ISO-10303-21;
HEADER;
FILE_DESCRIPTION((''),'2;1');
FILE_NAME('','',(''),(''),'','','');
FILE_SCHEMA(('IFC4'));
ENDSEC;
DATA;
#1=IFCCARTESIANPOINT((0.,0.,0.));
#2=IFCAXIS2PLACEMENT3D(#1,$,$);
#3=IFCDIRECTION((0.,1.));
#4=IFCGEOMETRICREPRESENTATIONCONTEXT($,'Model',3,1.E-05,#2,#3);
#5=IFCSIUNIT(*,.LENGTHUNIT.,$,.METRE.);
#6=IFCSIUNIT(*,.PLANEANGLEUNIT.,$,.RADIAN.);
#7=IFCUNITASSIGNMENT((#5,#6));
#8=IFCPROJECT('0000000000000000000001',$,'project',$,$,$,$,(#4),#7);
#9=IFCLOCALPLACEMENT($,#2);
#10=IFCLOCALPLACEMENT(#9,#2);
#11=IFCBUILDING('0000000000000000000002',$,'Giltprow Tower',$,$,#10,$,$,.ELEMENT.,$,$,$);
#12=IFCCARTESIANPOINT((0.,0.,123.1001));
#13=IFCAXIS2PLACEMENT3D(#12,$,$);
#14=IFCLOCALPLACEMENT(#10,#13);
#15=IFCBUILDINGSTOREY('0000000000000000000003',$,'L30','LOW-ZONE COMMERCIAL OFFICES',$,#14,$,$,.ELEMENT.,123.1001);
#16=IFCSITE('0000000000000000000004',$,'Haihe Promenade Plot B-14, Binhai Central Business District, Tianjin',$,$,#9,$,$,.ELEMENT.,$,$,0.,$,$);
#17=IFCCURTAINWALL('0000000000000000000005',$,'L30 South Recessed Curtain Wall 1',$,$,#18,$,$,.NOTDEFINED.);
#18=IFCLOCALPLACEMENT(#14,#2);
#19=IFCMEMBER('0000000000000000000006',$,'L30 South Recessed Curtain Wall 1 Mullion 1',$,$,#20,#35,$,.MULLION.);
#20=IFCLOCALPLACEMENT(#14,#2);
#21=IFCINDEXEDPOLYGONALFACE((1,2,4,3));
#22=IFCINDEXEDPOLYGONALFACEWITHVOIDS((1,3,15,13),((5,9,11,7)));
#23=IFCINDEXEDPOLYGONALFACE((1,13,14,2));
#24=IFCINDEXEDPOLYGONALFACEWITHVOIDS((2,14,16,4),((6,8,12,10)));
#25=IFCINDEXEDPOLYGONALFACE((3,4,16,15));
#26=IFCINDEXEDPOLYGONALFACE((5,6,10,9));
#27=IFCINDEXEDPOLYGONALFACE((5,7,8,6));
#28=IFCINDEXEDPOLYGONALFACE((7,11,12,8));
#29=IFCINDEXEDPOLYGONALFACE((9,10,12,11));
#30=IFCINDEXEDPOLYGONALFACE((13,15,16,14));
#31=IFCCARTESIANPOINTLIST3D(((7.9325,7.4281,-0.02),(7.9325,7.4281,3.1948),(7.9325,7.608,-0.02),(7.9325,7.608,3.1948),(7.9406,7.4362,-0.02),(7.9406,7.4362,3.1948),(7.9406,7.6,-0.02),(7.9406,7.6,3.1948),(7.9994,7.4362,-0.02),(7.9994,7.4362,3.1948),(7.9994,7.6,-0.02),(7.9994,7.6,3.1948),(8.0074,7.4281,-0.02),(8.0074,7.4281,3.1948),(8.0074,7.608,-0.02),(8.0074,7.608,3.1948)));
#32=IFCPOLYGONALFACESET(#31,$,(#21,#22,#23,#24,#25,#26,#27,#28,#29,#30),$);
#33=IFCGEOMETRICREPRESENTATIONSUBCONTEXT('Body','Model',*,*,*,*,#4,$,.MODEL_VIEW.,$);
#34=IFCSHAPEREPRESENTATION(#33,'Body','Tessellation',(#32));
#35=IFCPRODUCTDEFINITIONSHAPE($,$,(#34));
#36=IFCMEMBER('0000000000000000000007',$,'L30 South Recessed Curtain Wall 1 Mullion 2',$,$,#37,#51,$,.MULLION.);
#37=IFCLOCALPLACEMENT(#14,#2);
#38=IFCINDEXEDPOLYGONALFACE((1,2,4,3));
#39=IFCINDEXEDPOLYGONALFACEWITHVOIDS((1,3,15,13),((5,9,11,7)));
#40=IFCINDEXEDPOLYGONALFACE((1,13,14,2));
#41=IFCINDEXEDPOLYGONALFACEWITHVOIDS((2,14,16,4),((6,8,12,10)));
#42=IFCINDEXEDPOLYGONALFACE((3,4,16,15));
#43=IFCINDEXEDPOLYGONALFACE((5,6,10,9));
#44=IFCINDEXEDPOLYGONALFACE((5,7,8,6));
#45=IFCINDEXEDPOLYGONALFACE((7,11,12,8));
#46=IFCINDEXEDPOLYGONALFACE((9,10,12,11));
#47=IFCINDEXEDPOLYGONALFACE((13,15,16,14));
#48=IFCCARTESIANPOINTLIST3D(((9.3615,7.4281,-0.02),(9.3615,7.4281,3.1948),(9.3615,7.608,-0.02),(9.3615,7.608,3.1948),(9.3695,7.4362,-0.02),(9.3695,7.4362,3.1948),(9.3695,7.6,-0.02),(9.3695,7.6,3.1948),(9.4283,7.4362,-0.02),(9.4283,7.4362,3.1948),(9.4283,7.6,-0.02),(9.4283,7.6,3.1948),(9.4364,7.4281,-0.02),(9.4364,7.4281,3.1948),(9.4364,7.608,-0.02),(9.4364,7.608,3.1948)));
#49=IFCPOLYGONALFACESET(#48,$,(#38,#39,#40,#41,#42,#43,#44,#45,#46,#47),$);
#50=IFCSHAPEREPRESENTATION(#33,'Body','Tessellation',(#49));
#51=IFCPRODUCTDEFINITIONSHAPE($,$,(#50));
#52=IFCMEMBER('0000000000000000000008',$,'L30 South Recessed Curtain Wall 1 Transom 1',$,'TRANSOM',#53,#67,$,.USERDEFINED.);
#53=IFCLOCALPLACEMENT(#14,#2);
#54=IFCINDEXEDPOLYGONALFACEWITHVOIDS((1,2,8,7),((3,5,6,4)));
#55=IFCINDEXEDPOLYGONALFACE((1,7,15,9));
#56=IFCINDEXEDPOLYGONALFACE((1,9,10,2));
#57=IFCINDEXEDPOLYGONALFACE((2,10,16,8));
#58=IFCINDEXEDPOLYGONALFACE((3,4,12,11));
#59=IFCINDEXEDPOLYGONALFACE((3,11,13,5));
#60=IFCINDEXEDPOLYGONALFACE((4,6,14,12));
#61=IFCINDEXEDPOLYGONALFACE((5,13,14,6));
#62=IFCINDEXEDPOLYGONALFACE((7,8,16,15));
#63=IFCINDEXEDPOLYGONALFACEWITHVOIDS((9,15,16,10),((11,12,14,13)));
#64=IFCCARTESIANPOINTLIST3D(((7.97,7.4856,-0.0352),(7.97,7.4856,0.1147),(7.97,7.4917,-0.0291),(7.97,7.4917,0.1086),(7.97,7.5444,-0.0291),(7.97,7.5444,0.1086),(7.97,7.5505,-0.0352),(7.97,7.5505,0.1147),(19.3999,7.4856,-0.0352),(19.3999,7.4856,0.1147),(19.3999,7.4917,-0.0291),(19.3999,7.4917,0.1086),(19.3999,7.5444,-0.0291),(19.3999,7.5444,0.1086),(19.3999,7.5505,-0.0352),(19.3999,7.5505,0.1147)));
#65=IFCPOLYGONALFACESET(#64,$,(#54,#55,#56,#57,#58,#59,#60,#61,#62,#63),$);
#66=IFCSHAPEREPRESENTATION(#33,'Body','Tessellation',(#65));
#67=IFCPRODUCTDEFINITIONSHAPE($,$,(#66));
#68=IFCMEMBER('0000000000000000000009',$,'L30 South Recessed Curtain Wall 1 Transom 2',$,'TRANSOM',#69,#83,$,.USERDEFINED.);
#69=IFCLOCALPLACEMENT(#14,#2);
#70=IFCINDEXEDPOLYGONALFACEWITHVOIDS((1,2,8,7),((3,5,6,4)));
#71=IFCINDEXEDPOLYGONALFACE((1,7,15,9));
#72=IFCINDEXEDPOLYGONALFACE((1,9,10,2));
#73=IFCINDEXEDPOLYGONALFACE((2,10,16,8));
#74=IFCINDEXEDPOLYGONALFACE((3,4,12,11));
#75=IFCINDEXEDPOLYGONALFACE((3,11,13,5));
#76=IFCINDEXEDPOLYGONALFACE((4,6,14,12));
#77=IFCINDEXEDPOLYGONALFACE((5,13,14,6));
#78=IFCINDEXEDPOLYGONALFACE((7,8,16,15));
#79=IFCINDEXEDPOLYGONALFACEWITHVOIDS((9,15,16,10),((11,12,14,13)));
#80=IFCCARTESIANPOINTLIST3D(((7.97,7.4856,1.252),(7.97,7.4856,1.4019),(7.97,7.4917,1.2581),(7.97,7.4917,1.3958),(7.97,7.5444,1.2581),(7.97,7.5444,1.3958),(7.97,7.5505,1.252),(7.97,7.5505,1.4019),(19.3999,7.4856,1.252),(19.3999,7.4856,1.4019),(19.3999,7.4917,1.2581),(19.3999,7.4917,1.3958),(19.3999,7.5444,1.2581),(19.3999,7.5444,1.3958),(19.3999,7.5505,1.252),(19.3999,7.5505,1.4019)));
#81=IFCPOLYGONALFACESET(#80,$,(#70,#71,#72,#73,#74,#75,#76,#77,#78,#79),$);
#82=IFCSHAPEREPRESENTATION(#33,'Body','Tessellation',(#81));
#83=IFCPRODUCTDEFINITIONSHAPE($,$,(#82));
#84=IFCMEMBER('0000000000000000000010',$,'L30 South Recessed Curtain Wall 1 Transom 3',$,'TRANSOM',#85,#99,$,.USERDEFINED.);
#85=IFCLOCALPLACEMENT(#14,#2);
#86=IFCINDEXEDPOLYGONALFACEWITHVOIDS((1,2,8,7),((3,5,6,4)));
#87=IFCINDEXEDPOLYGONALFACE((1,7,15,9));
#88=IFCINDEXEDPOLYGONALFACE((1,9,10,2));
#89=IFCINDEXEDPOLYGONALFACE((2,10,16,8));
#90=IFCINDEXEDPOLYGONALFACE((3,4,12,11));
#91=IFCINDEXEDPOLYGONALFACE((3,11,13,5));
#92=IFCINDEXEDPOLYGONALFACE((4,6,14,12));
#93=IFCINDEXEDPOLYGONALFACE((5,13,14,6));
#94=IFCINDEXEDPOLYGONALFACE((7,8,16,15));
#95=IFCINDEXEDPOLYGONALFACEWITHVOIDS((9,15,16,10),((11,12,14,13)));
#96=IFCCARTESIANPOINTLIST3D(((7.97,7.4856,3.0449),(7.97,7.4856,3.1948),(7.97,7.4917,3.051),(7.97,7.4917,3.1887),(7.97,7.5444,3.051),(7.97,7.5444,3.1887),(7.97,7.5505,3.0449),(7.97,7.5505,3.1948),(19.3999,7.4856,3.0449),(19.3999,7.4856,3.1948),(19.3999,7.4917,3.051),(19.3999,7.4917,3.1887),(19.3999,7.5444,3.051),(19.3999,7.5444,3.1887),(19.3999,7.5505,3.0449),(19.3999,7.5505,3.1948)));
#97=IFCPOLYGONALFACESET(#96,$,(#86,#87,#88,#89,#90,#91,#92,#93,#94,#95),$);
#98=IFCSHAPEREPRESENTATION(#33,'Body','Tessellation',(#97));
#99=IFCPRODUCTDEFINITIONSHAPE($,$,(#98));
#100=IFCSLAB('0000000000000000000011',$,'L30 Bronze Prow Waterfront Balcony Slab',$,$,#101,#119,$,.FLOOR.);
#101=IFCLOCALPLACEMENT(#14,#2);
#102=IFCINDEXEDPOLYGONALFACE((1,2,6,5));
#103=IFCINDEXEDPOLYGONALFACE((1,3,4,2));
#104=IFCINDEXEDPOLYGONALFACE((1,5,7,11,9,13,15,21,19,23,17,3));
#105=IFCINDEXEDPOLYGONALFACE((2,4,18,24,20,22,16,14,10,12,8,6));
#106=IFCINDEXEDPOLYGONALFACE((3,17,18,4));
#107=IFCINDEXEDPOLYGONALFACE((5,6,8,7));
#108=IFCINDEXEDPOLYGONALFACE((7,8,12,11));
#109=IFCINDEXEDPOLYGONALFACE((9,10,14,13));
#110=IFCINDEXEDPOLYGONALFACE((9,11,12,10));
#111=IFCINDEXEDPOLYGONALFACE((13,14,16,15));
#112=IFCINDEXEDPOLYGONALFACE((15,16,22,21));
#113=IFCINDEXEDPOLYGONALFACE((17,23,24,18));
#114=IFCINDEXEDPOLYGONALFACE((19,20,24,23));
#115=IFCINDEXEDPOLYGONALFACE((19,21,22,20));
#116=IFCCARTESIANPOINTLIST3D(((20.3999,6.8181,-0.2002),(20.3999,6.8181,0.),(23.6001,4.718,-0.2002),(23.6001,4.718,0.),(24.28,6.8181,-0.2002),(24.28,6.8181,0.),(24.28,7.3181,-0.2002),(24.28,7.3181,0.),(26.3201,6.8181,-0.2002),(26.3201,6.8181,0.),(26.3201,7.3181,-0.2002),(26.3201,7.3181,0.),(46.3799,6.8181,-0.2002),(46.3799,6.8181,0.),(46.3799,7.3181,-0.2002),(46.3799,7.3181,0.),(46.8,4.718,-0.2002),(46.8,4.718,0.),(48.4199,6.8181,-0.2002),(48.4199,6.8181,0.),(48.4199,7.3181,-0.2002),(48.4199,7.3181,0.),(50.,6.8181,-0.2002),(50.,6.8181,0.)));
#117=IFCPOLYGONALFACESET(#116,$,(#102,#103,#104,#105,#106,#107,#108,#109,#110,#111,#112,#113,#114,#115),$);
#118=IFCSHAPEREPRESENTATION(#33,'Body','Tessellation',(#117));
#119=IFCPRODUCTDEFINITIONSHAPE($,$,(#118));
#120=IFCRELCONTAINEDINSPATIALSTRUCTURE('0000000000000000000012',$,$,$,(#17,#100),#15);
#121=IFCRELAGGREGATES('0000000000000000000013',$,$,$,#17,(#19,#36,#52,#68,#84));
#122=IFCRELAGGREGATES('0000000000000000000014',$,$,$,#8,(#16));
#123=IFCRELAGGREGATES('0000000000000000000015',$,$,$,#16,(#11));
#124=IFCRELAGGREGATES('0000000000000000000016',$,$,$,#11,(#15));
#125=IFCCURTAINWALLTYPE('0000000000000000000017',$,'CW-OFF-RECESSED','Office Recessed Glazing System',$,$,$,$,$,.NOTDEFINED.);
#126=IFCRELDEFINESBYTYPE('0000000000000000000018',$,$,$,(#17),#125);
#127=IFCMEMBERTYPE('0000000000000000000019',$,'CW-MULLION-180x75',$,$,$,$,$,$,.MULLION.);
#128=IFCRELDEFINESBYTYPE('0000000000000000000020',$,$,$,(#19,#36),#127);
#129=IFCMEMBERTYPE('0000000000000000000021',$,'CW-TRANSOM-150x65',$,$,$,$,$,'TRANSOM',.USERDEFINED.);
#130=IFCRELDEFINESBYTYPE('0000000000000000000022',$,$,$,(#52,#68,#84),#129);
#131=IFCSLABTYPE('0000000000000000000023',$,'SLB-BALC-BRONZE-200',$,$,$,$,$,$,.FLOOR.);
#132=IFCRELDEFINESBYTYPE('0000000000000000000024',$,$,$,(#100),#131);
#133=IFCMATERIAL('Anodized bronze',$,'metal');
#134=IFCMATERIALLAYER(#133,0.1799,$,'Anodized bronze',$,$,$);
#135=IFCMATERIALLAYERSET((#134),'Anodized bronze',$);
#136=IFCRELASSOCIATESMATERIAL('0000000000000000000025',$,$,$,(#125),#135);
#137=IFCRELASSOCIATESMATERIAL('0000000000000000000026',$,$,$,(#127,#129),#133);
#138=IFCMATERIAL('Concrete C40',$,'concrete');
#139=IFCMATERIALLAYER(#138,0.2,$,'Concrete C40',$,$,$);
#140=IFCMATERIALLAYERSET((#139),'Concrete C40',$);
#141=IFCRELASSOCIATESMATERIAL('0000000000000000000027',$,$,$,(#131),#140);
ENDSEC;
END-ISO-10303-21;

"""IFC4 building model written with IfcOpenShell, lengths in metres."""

from ifc_helpers import new_model, si_unit, direction, frame, origin, origin_2d, place, context, subcontext, project, spatial, polyline, hollow_rectangle, outline, extrude, source, transform, mapped, material, layer, layer_set, material_profile, profile_set, type_object, element, aggregate, save


model = new_model("IFC4")

# Units and contexts
model_context = context("Model", 3, precision=1e-05, world=origin(), true_north=direction((0.0, 1.0)))
body_context = subcontext(model_context, "Body", "Model", "MODEL_VIEW")
ifc_project = project(units=[si_unit("LENGTHUNIT", "METRE"), si_unit("PLANEANGLEUNIT", "RADIAN")], contexts=[model_context])

# Site, building, storey
site_placement = place(None, origin())
site = spatial("IfcSite", under=ifc_project, at=site_placement, Name="Haihe Promenade Plot B-14, Binhai Central Business District, Tianjin", CompositionType="ELEMENT", RefElevation=0.0)
building_placement = place(site_placement, origin())
building = spatial("IfcBuilding", under=site, at=building_placement, Name="Giltprow Tower", CompositionType="ELEMENT")
storey_placement = place(building_placement, frame((0.0, 0.0, 123.1001)))
storey = spatial("IfcBuildingStorey", under=building, at=storey_placement, Name="L30", Description="LOW-ZONE COMMERCIAL OFFICES", CompositionType="ELEMENT", Elevation=123.1001)

# Curtain wall, members
ifc_material_1 = material(Name="Anodized bronze", Category="metal")
ifc_layer_1 = layer(ifc_material_1, 0.1799, Name="Anodized bronze")
ifc_layer_set_1 = layer_set([ifc_layer_1], Name="Anodized bronze")
curtain_wall_type = type_object("IfcCurtainWallType", Name="CW-OFF-RECESSED", Description="Office Recessed Glazing System", PredefinedType="NOTDEFINED", material=ifc_layer_set_1)
curtain_wall_placement = place(storey_placement, origin())
curtain_wall = element("IfcCurtainWall", 1, at=curtain_wall_placement, inside=storey, type_object=curtain_wall_type, Name="L30 South Recessed Curtain Wall 1", PredefinedType="NOTDEFINED")
ifc_material_profile_1 = material_profile(ifc_material_1, hollow_rectangle(XDim=0.075, YDim=0.1799, WallThickness=0.0081, at=origin_2d()), Name="RHS 180x75x8")
ifc_profile_set_1 = profile_set([ifc_material_profile_1], Name="Anodized bronze")
member_type_1 = type_object("IfcMemberType", Name="CW-MULLION-180x75", PredefinedType="MULLION", material=ifc_profile_set_1)
shared_shape_1 = source(origin(), body_context, "Body", "SweptSolid", [
    extrude(hollow_rectangle(XDim=0.075, YDim=0.1799, WallThickness=0.0081, at=origin_2d()), origin(), (0.0, 0.0, 1.0), 3.2148),
])
member_1_placement = place(storey_placement, frame((7.97, 7.5181, -0.02), z_axis=(0.0, 0.0, 1.0), x_axis=(1.0, 0.0, 0.0)))
member_1 = element("IfcMember", 2, at=member_1_placement, type_object=member_type_1, Name="L30 South Recessed Curtain Wall 1 Mullion 1", PredefinedType="MULLION", context=body_context, shape_type="MappedRepresentation", body=[
    mapped(shared_shape_1, transform((0.0, 0.0, 0.0), x_axis=(1.0, 0.0, 0.0), y_axis=(0.0, 1.0, 0.0), z_axis=(0.0, 0.0, 1.0), scale=1.0)),
])
member_2_placement = place(storey_placement, frame((9.3989, 7.5181, -0.02), z_axis=(0.0, 0.0, 1.0), x_axis=(1.0, 0.0, 0.0)))
member_2 = element("IfcMember", 3, at=member_2_placement, type_object=member_type_1, Name="L30 South Recessed Curtain Wall 1 Mullion 2", PredefinedType="MULLION", context=body_context, shape_type="MappedRepresentation", body=[
    mapped(shared_shape_1, transform((0.0, 0.0, 0.0), x_axis=(1.0, 0.0, 0.0), y_axis=(0.0, 1.0, 0.0), z_axis=(0.0, 0.0, 1.0), scale=1.0)),
])
ifc_material_profile_2 = material_profile(ifc_material_1, hollow_rectangle(XDim=0.0649, YDim=0.1499, WallThickness=0.0061, at=origin_2d()), Name="RHS 150x65x6")
ifc_profile_set_2 = profile_set([ifc_material_profile_2], Name="Anodized bronze")
member_type_2 = type_object("IfcMemberType", Name="CW-TRANSOM-150x65", ElementType="TRANSOM", PredefinedType="USERDEFINED", material=ifc_profile_set_2)
shared_shape_2 = source(origin(), body_context, "Body", "SweptSolid", [
    extrude(hollow_rectangle(XDim=0.0649, YDim=0.1499, WallThickness=0.0061, at=origin_2d()), origin(), (0.0, 0.0, 1.0), 11.4299),
])
member_3_placement = place(storey_placement, frame((7.97, 7.5181, 0.0398), z_axis=(1.0, 0.0, 0.0), x_axis=(0.0, 1.0, 0.0)))
member_3 = element("IfcMember", 4, at=member_3_placement, type_object=member_type_2, Name="L30 South Recessed Curtain Wall 1 Transom 1", ObjectType="TRANSOM", PredefinedType="USERDEFINED", context=body_context, shape_type="MappedRepresentation", body=[
    mapped(shared_shape_2, transform((0.0, 0.0, 0.0), x_axis=(1.0, 0.0, 0.0), y_axis=(0.0, 1.0, 0.0), z_axis=(0.0, 0.0, 1.0), scale=1.0)),
])
member_4_placement = place(storey_placement, frame((7.97, 7.5181, 1.3269), z_axis=(1.0, 0.0, 0.0), x_axis=(0.0, 1.0, 0.0)))
member_4 = element("IfcMember", 5, at=member_4_placement, type_object=member_type_2, Name="L30 South Recessed Curtain Wall 1 Transom 2", ObjectType="TRANSOM", PredefinedType="USERDEFINED", context=body_context, shape_type="MappedRepresentation", body=[
    mapped(shared_shape_2, transform((0.0, 0.0, 0.0), x_axis=(1.0, 0.0, 0.0), y_axis=(0.0, 1.0, 0.0), z_axis=(0.0, 0.0, 1.0), scale=1.0)),
])
member_5_placement = place(storey_placement, frame((7.97, 7.5181, 3.1199), z_axis=(1.0, 0.0, 0.0), x_axis=(0.0, 1.0, 0.0)))
member_5 = element("IfcMember", 6, at=member_5_placement, type_object=member_type_2, Name="L30 South Recessed Curtain Wall 1 Transom 3", ObjectType="TRANSOM", PredefinedType="USERDEFINED", context=body_context, shape_type="MappedRepresentation", body=[
    mapped(shared_shape_2, transform((0.0, 0.0, 0.0), x_axis=(1.0, 0.0, 0.0), y_axis=(0.0, 1.0, 0.0), z_axis=(0.0, 0.0, 1.0), scale=1.0)),
])

# Slab
ifc_material_2 = material(Name="Concrete C40", Category="concrete")
ifc_layer_2 = layer(ifc_material_2, 0.2, Name="Concrete C40")
ifc_layer_set_2 = layer_set([ifc_layer_2], Name="Concrete C40")
slab_type_1 = type_object("IfcSlabType", Name="SLB-BALC-BRONZE-200", PredefinedType="FLOOR", material=ifc_layer_set_2)
slab_1_placement = place(storey_placement, frame((0.0, 0.0, -0.2002)))
element("IfcSlab", 7, at=slab_1_placement, inside=storey, type_object=slab_type_1, Name="L30 Bronze Prow Waterfront Balcony Slab", PredefinedType="FLOOR", context=body_context, shape_type="SweptSolid", body=[
    extrude(outline(polyline([(50.0, 6.8181), (46.8, 4.718), (23.6001, 4.718), (20.3999, 6.8181), (24.28, 6.8181), (24.28, 7.3181), (26.3201, 7.3181), (26.3201, 6.8181), (46.3799, 6.8181), (46.3799, 7.3181), (48.4199, 7.3181), (48.4199, 6.8181), (50.0, 6.8181)])), origin(), (0.0, 0.0, 1.0), 0.2002),
])

aggregate(curtain_wall, [member_1, member_2, member_3, member_4, member_5])

save(model, "model.ifc")
